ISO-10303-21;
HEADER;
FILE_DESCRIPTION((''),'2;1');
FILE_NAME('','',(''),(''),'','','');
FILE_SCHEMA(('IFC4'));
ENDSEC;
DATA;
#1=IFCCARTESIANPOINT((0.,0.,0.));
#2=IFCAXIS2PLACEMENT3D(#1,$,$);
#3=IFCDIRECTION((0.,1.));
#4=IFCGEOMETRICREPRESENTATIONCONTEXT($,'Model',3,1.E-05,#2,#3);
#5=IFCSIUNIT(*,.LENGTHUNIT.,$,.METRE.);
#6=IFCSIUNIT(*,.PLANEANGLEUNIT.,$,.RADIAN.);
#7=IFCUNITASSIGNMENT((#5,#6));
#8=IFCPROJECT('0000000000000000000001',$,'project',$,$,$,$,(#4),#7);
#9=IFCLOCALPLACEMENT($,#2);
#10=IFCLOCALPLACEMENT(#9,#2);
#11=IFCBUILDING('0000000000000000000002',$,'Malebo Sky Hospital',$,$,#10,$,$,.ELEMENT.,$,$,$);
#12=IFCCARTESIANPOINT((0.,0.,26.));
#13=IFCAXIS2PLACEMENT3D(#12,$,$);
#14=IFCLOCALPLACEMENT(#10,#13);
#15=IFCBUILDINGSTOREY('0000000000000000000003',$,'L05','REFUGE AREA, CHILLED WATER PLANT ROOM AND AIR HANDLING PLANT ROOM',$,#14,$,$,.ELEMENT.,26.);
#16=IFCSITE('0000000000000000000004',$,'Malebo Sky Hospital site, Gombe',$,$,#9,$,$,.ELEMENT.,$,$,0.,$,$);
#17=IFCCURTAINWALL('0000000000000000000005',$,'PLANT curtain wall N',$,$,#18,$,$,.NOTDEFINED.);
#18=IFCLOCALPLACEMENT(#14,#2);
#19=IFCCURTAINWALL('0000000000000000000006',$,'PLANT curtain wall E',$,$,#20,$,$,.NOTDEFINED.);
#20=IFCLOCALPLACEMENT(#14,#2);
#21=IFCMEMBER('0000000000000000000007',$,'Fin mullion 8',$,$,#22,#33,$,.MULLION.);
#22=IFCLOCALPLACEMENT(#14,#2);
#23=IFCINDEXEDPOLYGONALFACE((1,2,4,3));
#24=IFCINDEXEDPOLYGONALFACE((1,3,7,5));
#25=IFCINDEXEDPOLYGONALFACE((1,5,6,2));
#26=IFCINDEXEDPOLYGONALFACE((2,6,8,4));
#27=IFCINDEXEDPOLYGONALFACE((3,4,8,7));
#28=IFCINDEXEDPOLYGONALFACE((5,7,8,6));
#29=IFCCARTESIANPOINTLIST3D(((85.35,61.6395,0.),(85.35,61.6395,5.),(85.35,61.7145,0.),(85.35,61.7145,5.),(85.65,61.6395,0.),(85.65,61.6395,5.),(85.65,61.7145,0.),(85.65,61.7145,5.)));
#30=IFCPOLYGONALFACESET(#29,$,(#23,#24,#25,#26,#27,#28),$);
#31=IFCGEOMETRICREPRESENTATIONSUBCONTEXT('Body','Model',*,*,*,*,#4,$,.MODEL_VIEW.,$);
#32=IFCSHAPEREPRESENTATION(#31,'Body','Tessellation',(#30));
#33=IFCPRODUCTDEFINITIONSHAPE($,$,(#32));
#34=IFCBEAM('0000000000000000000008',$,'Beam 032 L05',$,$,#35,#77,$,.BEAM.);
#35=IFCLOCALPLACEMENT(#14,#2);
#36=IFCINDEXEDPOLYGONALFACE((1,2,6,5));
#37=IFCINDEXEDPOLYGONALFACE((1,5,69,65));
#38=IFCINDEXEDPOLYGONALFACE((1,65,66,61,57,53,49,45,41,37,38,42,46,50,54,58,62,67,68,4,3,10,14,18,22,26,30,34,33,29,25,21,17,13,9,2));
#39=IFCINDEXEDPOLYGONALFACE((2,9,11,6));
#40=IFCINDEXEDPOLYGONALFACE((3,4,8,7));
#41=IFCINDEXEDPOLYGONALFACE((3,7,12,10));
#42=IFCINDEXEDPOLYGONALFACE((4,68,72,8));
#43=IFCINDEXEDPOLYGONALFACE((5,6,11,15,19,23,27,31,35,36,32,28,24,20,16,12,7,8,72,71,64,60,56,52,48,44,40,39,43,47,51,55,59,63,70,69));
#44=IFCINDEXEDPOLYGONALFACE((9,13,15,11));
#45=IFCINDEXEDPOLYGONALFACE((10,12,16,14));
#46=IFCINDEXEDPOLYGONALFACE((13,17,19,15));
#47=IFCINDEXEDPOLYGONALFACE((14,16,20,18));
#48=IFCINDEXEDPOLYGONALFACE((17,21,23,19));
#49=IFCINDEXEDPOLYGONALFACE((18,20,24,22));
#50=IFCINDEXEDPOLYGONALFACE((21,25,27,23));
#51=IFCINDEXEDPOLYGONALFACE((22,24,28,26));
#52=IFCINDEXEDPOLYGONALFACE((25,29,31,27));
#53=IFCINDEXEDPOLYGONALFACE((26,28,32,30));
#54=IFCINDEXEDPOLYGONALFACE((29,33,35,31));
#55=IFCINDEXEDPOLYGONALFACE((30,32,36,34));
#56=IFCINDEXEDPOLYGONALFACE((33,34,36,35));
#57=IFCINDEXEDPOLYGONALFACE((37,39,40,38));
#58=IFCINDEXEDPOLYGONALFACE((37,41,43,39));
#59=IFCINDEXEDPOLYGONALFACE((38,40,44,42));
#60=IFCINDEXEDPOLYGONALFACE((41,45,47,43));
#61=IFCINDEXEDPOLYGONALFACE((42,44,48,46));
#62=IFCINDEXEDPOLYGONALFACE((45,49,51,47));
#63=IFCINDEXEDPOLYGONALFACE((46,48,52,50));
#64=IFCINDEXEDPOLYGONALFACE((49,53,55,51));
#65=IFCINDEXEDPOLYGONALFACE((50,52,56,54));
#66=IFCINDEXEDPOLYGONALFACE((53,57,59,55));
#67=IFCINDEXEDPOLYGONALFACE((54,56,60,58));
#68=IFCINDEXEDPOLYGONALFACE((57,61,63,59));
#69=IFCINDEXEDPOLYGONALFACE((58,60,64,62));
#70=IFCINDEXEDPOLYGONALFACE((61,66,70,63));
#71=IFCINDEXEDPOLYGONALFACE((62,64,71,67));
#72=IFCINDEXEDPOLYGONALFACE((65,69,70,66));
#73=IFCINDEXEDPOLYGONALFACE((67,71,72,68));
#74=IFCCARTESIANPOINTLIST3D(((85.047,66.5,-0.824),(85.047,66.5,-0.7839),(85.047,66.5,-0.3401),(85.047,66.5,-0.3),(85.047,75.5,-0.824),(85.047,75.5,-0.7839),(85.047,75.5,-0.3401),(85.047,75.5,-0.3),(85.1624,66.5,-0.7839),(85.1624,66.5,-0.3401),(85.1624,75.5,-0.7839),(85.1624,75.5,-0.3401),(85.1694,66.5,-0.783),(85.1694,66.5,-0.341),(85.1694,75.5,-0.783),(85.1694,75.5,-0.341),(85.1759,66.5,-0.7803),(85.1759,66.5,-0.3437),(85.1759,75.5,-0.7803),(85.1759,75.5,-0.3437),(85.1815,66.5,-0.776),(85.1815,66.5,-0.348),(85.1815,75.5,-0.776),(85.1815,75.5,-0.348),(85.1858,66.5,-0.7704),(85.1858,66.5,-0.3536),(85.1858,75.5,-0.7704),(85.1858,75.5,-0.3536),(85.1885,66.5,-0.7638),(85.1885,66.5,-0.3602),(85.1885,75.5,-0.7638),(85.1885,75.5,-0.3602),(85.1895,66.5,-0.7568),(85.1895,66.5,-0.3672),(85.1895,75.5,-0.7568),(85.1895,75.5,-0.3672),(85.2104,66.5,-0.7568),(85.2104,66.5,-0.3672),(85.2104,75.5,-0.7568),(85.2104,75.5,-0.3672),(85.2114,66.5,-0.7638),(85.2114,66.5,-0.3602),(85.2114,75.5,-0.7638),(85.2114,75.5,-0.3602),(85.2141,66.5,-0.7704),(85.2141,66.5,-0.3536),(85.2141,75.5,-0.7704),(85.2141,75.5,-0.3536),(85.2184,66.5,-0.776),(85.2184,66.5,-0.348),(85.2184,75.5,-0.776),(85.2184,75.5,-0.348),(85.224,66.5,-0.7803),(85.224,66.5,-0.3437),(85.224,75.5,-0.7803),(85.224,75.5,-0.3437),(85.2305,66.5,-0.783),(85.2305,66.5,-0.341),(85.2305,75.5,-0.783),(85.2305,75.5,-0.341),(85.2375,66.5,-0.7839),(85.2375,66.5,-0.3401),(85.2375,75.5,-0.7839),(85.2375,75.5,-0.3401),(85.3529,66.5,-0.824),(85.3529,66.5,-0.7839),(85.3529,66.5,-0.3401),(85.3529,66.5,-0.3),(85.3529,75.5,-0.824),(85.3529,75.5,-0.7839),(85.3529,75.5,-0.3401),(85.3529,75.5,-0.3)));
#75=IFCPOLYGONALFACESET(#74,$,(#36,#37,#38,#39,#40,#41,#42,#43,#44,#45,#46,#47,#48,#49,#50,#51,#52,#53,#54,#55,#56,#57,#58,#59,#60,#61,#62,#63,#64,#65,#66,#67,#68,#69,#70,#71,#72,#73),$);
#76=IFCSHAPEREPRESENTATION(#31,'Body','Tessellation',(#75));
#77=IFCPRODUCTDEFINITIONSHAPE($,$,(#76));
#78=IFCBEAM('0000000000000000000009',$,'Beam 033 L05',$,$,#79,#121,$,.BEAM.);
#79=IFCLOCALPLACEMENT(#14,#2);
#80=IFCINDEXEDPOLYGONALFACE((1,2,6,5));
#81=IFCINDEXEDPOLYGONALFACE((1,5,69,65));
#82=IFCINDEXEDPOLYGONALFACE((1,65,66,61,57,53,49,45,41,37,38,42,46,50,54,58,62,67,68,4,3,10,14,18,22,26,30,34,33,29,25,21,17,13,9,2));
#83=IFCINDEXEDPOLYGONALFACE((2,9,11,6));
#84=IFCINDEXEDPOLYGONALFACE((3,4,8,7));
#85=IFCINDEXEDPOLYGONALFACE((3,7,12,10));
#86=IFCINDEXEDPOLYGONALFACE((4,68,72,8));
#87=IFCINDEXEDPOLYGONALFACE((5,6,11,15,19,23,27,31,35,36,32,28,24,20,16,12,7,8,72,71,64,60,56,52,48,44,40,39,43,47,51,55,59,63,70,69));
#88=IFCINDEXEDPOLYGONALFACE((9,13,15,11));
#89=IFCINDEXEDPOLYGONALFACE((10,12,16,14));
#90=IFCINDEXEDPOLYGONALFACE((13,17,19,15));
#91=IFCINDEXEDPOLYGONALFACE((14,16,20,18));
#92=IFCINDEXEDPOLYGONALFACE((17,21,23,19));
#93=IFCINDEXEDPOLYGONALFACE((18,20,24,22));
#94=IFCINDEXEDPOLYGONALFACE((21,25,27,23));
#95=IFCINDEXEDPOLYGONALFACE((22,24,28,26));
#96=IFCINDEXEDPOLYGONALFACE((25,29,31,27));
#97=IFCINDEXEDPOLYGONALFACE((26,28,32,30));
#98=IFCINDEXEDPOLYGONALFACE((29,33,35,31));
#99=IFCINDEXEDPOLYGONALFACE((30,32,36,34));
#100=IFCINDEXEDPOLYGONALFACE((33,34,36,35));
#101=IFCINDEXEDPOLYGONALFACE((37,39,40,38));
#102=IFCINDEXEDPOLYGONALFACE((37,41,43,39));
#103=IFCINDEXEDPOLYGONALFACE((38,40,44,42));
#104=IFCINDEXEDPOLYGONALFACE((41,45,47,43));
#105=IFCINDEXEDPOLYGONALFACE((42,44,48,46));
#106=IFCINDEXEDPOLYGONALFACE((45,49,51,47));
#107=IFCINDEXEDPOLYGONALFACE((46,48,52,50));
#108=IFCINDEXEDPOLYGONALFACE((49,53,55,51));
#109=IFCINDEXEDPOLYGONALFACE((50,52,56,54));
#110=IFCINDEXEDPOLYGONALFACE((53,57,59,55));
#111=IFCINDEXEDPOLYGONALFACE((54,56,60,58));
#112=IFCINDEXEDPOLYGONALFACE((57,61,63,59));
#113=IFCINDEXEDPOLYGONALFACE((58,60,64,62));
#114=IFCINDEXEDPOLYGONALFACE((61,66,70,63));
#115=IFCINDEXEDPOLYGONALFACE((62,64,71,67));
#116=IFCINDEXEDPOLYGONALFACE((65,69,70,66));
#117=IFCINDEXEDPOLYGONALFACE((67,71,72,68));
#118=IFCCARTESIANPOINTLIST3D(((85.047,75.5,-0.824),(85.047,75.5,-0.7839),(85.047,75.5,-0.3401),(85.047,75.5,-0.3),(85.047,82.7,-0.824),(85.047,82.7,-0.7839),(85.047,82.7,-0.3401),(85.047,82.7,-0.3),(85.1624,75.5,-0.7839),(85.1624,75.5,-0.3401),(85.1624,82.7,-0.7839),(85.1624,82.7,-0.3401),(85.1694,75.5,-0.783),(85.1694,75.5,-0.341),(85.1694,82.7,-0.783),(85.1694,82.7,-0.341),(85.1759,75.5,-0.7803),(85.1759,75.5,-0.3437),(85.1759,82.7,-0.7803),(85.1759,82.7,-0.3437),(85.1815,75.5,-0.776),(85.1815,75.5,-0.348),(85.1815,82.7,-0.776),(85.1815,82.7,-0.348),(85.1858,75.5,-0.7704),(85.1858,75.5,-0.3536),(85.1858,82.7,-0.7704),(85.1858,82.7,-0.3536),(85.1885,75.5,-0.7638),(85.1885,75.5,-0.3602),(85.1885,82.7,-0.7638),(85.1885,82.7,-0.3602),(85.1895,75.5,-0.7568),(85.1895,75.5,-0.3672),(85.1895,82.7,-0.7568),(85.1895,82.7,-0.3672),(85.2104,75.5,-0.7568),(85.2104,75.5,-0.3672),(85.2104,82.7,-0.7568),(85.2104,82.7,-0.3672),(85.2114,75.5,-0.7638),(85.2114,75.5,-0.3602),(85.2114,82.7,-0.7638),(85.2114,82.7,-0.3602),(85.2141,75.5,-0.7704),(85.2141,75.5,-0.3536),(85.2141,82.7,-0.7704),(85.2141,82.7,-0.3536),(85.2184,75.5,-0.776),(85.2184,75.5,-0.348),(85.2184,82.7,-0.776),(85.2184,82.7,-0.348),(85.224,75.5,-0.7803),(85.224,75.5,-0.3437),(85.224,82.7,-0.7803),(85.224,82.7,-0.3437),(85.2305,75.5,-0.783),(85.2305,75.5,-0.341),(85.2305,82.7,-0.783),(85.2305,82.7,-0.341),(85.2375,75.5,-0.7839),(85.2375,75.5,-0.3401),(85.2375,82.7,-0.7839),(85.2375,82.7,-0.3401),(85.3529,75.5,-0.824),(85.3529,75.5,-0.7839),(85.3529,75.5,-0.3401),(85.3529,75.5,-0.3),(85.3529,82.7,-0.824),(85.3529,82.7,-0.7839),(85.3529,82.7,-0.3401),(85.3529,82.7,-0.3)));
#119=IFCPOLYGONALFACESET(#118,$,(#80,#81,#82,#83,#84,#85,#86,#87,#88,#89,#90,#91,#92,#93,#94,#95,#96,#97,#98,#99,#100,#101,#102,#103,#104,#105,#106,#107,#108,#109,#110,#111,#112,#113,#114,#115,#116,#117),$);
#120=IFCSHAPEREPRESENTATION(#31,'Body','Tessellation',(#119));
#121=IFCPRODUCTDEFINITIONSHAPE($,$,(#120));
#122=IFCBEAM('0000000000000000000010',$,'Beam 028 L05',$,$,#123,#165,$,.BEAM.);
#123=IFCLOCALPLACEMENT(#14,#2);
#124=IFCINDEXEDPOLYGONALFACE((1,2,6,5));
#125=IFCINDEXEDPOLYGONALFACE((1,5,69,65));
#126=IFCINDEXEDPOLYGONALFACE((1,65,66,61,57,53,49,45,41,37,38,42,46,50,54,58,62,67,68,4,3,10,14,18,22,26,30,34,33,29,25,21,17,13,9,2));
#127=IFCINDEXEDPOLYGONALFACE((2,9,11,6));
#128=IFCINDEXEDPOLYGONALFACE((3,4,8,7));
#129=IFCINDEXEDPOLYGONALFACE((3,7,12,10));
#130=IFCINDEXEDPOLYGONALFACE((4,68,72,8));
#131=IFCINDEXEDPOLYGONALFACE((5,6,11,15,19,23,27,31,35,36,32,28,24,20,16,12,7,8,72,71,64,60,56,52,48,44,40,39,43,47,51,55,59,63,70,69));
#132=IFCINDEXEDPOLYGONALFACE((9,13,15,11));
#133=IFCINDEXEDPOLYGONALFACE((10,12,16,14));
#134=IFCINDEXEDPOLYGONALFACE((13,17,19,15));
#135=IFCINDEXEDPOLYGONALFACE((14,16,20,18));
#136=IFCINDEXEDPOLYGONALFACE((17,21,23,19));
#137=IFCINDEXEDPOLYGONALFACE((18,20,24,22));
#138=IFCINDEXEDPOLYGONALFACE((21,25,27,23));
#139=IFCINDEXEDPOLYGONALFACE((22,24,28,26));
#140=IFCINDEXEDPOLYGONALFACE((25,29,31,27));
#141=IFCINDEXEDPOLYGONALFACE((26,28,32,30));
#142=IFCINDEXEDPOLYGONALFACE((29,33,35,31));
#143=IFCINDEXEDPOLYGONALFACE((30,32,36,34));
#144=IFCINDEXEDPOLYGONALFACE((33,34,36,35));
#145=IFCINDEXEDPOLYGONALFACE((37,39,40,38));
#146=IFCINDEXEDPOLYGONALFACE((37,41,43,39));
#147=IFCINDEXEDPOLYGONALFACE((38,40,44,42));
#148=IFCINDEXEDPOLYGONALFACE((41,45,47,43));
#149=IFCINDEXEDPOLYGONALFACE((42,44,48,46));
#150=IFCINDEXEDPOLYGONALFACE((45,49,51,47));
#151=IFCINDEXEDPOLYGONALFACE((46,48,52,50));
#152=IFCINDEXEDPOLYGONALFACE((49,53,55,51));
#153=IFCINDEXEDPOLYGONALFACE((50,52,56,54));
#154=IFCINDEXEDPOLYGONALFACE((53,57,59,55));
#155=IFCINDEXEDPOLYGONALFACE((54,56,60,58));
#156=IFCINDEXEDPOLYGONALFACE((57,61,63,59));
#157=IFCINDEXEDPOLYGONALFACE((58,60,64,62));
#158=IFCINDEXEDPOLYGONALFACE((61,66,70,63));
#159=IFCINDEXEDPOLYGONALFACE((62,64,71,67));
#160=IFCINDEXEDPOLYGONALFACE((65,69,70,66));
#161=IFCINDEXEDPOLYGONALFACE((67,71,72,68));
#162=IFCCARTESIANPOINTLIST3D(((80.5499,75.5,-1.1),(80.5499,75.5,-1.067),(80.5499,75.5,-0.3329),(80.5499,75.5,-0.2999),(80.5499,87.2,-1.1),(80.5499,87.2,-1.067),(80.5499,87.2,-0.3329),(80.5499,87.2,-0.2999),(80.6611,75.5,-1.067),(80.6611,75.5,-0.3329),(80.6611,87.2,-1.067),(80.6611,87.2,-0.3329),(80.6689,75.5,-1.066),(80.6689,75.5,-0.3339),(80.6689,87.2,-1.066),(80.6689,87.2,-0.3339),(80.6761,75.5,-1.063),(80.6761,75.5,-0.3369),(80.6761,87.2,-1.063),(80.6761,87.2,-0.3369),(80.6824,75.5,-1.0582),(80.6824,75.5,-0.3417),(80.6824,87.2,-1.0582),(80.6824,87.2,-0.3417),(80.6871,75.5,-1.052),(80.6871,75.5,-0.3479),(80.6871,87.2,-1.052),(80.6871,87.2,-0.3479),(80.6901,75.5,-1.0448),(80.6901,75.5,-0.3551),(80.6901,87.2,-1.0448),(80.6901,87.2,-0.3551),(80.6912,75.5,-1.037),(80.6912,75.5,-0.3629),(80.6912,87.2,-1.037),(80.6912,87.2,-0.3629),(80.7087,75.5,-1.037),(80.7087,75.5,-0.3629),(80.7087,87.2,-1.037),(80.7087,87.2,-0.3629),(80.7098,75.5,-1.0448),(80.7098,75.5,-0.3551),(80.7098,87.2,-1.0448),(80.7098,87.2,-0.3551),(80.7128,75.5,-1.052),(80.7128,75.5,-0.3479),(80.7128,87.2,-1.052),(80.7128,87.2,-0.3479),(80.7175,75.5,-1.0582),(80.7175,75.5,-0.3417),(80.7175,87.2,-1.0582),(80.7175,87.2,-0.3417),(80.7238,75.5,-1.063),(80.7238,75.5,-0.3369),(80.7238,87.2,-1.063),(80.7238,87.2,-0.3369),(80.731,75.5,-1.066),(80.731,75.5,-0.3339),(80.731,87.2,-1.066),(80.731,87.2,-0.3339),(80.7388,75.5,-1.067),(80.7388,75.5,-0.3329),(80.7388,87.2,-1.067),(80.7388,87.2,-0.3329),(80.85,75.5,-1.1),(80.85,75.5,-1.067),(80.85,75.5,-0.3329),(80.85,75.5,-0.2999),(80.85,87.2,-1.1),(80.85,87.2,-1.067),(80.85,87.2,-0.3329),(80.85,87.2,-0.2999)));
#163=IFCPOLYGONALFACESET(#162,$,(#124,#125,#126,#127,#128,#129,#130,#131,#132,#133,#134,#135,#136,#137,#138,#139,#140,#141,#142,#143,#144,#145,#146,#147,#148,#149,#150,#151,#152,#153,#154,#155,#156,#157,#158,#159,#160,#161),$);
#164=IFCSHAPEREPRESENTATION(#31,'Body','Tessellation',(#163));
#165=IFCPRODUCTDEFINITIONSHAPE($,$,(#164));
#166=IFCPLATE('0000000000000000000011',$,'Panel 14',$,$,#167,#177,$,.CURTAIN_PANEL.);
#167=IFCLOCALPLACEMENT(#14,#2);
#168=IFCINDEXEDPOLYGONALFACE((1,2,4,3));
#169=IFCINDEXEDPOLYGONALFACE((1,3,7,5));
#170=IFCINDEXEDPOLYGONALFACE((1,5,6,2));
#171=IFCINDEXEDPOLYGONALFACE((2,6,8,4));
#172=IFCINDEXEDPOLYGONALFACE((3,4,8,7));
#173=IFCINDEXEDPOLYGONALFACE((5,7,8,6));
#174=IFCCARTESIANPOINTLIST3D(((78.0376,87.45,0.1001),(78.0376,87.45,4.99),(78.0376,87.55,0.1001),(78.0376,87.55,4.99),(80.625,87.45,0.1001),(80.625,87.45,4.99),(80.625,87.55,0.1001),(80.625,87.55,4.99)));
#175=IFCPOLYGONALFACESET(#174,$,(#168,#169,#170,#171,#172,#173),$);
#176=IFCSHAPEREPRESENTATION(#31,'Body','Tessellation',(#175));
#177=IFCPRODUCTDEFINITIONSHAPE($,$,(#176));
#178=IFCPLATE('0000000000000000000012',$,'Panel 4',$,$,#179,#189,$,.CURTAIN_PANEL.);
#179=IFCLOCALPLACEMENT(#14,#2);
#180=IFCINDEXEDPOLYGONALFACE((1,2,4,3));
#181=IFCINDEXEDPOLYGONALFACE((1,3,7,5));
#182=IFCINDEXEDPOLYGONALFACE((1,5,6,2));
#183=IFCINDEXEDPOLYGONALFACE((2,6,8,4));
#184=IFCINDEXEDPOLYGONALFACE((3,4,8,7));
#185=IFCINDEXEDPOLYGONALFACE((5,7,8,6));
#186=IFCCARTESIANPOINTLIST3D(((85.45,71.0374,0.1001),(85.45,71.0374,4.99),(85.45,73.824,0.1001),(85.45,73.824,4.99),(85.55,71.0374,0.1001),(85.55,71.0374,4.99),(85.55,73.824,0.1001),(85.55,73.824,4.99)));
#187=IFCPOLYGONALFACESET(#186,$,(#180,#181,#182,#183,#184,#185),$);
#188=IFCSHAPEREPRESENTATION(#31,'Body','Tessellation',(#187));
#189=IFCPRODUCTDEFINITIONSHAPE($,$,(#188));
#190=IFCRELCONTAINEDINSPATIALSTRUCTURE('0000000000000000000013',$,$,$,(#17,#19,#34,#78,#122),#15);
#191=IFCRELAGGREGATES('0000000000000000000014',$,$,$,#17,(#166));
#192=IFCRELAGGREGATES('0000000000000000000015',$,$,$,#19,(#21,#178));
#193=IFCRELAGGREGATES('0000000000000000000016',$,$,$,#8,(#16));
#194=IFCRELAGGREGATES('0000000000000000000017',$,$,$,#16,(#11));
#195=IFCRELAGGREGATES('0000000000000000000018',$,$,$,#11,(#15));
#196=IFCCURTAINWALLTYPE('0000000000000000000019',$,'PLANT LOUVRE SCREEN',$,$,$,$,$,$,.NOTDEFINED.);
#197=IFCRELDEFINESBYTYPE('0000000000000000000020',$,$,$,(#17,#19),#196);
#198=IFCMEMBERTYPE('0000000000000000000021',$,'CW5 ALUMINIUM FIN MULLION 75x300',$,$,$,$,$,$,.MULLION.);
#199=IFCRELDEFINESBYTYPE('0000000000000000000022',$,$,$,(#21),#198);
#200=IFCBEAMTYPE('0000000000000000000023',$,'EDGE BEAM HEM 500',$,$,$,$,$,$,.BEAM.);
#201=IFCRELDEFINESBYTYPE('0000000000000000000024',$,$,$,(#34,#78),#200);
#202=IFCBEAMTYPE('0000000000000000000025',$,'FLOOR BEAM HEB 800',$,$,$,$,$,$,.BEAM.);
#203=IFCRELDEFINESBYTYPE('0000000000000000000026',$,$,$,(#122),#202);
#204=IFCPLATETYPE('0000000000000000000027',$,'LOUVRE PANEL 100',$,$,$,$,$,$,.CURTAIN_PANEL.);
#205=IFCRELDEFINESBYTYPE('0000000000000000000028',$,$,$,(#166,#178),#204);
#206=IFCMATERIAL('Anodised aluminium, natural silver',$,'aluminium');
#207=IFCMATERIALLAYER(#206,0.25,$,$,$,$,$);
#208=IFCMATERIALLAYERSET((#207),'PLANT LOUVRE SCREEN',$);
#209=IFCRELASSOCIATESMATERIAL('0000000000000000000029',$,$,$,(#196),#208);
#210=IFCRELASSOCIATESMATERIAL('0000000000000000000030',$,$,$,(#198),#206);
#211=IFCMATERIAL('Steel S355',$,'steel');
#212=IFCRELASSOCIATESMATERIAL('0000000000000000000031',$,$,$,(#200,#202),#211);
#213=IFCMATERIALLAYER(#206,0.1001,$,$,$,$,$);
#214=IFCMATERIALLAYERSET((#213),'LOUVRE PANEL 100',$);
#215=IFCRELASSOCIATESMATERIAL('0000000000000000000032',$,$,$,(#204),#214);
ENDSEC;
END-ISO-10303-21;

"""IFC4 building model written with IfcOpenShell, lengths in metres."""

from ifc_helpers import new_model, si_unit, direction, frame, origin, origin_2d, place, context, subcontext, project, spatial, rectangle, i_section, extrude, material, layer, layer_set, material_profile, profile_set, type_object, element, aggregate, save


model = new_model("IFC4")

# Units and contexts
model_context = context("Model", 3, precision=1e-05, world=origin(), true_north=direction((0.0, 1.0)))
body_context = subcontext(model_context, "Body", "Model", "MODEL_VIEW")
ifc_project = project(units=[si_unit("LENGTHUNIT", "METRE"), si_unit("PLANEANGLEUNIT", "RADIAN")], contexts=[model_context])

# Site, building, storey
site_placement = place(None, origin())
site = spatial("IfcSite", under=ifc_project, at=site_placement, Name="Malebo Sky Hospital site, Gombe", CompositionType="ELEMENT", RefElevation=0.0)
building_placement = place(site_placement, origin())
building = spatial("IfcBuilding", under=site, at=building_placement, Name="Malebo Sky Hospital", CompositionType="ELEMENT")
storey_placement = place(building_placement, frame((0.0, 0.0, 26.0)))
storey = spatial("IfcBuildingStorey", under=building, at=storey_placement, Name="L05", Description="REFUGE AREA, CHILLED WATER PLANT ROOM AND AIR HANDLING PLANT ROOM", CompositionType="ELEMENT", Elevation=26.0)

# Curtain wall
ifc_material_1 = material(Name="Anodised aluminium, natural silver", Category="aluminium")
ifc_layer_1 = layer(ifc_material_1, 0.25)
ifc_layer_set_1 = layer_set([ifc_layer_1], Name="PLANT LOUVRE SCREEN")
curtain_wall_type = type_object("IfcCurtainWallType", Name="PLANT LOUVRE SCREEN", PredefinedType="NOTDEFINED", material=ifc_layer_set_1)
curtain_wall_1_placement = place(storey_placement, origin())
curtain_wall_1 = element("IfcCurtainWall", 1, at=curtain_wall_1_placement, inside=storey, type_object=curtain_wall_type, Name="PLANT curtain wall N", PredefinedType="NOTDEFINED")

# Curtain wall
curtain_wall_2_placement = place(storey_placement, origin())
curtain_wall_2 = element("IfcCurtainWall", 2, at=curtain_wall_2_placement, inside=storey, type_object=curtain_wall_type, Name="PLANT curtain wall E", PredefinedType="NOTDEFINED")

# Member
ifc_material_profile_1 = material_profile(ifc_material_1, rectangle(XDim=0.075, YDim=0.3, at=origin_2d()), Name="CW5 ALUMINIUM FIN MULLION 75x300")
ifc_profile_set_1 = profile_set([ifc_material_profile_1], Name="Anodised aluminium, natural silver")
member_type_1 = type_object("IfcMemberType", Name="CW5 ALUMINIUM FIN MULLION 75x300", PredefinedType="MULLION", material=ifc_profile_set_1)
member_1_placement = place(storey_placement, frame((85.5, 61.677, 0.0), z_axis=(0.0, 0.0, 1.0), x_axis=(0.0, -1.0, 0.0)))
member_1 = element("IfcMember", 3, at=member_1_placement, type_object=member_type_1, Name="Fin mullion 8", PredefinedType="MULLION", context=body_context, shape_type="SweptSolid", body=[
    extrude(rectangle(XDim=0.075, YDim=0.3, at=origin_2d()), origin(), (0.0, 0.0, 1.0), 5.0),
])

# Beams
ifc_material_2 = material(Name="Steel S355", Category="steel")
ifc_material_profile_2 = material_profile(ifc_material_2, i_section(OverallWidth=0.3059, OverallDepth=0.5239, WebThickness=0.021, FlangeThickness=0.04, FilletRadius=0.0271, at=origin_2d()), Name="HEM 500")
ifc_profile_set_2 = profile_set([ifc_material_profile_2], Name="Steel S355")
beam_type_1 = type_object("IfcBeamType", Name="EDGE BEAM HEM 500", PredefinedType="BEAM", material=ifc_profile_set_2)
beam_1_placement = place(storey_placement, frame((85.2, 66.5, -0.562), z_axis=(0.0, 1.0, 0.0), x_axis=(-1.0, 0.0, 0.0)))
element("IfcBeam", 4, at=beam_1_placement, inside=storey, type_object=beam_type_1, Name="Beam 032 L05", PredefinedType="BEAM", context=body_context, shape_type="SweptSolid", body=[
    extrude(i_section(OverallWidth=0.3059, OverallDepth=0.5239, WebThickness=0.021, FlangeThickness=0.04, FilletRadius=0.0271, at=origin_2d()), origin(), (0.0, 0.0, 1.0), 9.0),
])
beam_2_placement = place(storey_placement, frame((85.2, 75.5, -0.562), z_axis=(0.0, 1.0, 0.0), x_axis=(-1.0, 0.0, 0.0)))
element("IfcBeam", 5, at=beam_2_placement, inside=storey, type_object=beam_type_1, Name="Beam 033 L05", PredefinedType="BEAM", context=body_context, shape_type="SweptSolid", body=[
    extrude(i_section(OverallWidth=0.3059, OverallDepth=0.5239, WebThickness=0.021, FlangeThickness=0.04, FilletRadius=0.0271, at=origin_2d()), origin(), (0.0, 0.0, 1.0), 7.2),
])
ifc_material_profile_3 = material_profile(ifc_material_2, i_section(OverallWidth=0.3, OverallDepth=0.8, WebThickness=0.0176, FlangeThickness=0.033, FilletRadius=0.03, at=origin_2d()), Name="HEB 800")
ifc_profile_set_3 = profile_set([ifc_material_profile_3], Name="Steel S355")
beam_type_2 = type_object("IfcBeamType", Name="FLOOR BEAM HEB 800", PredefinedType="BEAM", material=ifc_profile_set_3)
beam_3_placement = place(storey_placement, frame((80.7, 75.5, -0.7), z_axis=(0.0, 1.0, 0.0), x_axis=(-1.0, 0.0, 0.0)))
element("IfcBeam", 6, at=beam_3_placement, inside=storey, type_object=beam_type_2, Name="Beam 028 L05", PredefinedType="BEAM", context=body_context, shape_type="SweptSolid", body=[
    extrude(i_section(OverallWidth=0.3, OverallDepth=0.8, WebThickness=0.0176, FlangeThickness=0.033, FilletRadius=0.03, at=origin_2d()), origin(), (0.0, 0.0, 1.0), 11.7),
])

# Plates
ifc_layer_2 = layer(ifc_material_1, 0.1001)
ifc_layer_set_2 = layer_set([ifc_layer_2], Name="LOUVRE PANEL 100")
plate_type = type_object("IfcPlateType", Name="LOUVRE PANEL 100", PredefinedType="CURTAIN_PANEL", material=ifc_layer_set_2)
plate_1_placement = place(storey_placement, frame((79.3313, 87.5, 0.1001), z_axis=(0.0, 0.0, 1.0), x_axis=(1.0, 0.0, 0.0)))
plate_1 = element("IfcPlate", 7, at=plate_1_placement, type_object=plate_type, Name="Panel 14", PredefinedType="CURTAIN_PANEL", context=body_context, shape_type="SweptSolid", body=[
    extrude(rectangle(XDim=2.5874, YDim=0.1001, at=origin_2d()), origin(), (0.0, 0.0, 1.0), 4.8899),
])
aggregate(curtain_wall_1, [plate_1])
plate_2_placement = place(storey_placement, frame((85.5, 72.4307, 0.1001), z_axis=(0.0, 0.0, 1.0), x_axis=(0.0, -1.0, 0.0)))
plate_2 = element("IfcPlate", 8, at=plate_2_placement, type_object=plate_type, Name="Panel 4", PredefinedType="CURTAIN_PANEL", context=body_context, shape_type="SweptSolid", body=[
    extrude(rectangle(XDim=2.7866, YDim=0.1001, at=origin_2d()), origin(), (0.0, 0.0, 1.0), 4.8899),
])
aggregate(curtain_wall_2, [member_1, plate_2])

save(model, "model.ifc")
